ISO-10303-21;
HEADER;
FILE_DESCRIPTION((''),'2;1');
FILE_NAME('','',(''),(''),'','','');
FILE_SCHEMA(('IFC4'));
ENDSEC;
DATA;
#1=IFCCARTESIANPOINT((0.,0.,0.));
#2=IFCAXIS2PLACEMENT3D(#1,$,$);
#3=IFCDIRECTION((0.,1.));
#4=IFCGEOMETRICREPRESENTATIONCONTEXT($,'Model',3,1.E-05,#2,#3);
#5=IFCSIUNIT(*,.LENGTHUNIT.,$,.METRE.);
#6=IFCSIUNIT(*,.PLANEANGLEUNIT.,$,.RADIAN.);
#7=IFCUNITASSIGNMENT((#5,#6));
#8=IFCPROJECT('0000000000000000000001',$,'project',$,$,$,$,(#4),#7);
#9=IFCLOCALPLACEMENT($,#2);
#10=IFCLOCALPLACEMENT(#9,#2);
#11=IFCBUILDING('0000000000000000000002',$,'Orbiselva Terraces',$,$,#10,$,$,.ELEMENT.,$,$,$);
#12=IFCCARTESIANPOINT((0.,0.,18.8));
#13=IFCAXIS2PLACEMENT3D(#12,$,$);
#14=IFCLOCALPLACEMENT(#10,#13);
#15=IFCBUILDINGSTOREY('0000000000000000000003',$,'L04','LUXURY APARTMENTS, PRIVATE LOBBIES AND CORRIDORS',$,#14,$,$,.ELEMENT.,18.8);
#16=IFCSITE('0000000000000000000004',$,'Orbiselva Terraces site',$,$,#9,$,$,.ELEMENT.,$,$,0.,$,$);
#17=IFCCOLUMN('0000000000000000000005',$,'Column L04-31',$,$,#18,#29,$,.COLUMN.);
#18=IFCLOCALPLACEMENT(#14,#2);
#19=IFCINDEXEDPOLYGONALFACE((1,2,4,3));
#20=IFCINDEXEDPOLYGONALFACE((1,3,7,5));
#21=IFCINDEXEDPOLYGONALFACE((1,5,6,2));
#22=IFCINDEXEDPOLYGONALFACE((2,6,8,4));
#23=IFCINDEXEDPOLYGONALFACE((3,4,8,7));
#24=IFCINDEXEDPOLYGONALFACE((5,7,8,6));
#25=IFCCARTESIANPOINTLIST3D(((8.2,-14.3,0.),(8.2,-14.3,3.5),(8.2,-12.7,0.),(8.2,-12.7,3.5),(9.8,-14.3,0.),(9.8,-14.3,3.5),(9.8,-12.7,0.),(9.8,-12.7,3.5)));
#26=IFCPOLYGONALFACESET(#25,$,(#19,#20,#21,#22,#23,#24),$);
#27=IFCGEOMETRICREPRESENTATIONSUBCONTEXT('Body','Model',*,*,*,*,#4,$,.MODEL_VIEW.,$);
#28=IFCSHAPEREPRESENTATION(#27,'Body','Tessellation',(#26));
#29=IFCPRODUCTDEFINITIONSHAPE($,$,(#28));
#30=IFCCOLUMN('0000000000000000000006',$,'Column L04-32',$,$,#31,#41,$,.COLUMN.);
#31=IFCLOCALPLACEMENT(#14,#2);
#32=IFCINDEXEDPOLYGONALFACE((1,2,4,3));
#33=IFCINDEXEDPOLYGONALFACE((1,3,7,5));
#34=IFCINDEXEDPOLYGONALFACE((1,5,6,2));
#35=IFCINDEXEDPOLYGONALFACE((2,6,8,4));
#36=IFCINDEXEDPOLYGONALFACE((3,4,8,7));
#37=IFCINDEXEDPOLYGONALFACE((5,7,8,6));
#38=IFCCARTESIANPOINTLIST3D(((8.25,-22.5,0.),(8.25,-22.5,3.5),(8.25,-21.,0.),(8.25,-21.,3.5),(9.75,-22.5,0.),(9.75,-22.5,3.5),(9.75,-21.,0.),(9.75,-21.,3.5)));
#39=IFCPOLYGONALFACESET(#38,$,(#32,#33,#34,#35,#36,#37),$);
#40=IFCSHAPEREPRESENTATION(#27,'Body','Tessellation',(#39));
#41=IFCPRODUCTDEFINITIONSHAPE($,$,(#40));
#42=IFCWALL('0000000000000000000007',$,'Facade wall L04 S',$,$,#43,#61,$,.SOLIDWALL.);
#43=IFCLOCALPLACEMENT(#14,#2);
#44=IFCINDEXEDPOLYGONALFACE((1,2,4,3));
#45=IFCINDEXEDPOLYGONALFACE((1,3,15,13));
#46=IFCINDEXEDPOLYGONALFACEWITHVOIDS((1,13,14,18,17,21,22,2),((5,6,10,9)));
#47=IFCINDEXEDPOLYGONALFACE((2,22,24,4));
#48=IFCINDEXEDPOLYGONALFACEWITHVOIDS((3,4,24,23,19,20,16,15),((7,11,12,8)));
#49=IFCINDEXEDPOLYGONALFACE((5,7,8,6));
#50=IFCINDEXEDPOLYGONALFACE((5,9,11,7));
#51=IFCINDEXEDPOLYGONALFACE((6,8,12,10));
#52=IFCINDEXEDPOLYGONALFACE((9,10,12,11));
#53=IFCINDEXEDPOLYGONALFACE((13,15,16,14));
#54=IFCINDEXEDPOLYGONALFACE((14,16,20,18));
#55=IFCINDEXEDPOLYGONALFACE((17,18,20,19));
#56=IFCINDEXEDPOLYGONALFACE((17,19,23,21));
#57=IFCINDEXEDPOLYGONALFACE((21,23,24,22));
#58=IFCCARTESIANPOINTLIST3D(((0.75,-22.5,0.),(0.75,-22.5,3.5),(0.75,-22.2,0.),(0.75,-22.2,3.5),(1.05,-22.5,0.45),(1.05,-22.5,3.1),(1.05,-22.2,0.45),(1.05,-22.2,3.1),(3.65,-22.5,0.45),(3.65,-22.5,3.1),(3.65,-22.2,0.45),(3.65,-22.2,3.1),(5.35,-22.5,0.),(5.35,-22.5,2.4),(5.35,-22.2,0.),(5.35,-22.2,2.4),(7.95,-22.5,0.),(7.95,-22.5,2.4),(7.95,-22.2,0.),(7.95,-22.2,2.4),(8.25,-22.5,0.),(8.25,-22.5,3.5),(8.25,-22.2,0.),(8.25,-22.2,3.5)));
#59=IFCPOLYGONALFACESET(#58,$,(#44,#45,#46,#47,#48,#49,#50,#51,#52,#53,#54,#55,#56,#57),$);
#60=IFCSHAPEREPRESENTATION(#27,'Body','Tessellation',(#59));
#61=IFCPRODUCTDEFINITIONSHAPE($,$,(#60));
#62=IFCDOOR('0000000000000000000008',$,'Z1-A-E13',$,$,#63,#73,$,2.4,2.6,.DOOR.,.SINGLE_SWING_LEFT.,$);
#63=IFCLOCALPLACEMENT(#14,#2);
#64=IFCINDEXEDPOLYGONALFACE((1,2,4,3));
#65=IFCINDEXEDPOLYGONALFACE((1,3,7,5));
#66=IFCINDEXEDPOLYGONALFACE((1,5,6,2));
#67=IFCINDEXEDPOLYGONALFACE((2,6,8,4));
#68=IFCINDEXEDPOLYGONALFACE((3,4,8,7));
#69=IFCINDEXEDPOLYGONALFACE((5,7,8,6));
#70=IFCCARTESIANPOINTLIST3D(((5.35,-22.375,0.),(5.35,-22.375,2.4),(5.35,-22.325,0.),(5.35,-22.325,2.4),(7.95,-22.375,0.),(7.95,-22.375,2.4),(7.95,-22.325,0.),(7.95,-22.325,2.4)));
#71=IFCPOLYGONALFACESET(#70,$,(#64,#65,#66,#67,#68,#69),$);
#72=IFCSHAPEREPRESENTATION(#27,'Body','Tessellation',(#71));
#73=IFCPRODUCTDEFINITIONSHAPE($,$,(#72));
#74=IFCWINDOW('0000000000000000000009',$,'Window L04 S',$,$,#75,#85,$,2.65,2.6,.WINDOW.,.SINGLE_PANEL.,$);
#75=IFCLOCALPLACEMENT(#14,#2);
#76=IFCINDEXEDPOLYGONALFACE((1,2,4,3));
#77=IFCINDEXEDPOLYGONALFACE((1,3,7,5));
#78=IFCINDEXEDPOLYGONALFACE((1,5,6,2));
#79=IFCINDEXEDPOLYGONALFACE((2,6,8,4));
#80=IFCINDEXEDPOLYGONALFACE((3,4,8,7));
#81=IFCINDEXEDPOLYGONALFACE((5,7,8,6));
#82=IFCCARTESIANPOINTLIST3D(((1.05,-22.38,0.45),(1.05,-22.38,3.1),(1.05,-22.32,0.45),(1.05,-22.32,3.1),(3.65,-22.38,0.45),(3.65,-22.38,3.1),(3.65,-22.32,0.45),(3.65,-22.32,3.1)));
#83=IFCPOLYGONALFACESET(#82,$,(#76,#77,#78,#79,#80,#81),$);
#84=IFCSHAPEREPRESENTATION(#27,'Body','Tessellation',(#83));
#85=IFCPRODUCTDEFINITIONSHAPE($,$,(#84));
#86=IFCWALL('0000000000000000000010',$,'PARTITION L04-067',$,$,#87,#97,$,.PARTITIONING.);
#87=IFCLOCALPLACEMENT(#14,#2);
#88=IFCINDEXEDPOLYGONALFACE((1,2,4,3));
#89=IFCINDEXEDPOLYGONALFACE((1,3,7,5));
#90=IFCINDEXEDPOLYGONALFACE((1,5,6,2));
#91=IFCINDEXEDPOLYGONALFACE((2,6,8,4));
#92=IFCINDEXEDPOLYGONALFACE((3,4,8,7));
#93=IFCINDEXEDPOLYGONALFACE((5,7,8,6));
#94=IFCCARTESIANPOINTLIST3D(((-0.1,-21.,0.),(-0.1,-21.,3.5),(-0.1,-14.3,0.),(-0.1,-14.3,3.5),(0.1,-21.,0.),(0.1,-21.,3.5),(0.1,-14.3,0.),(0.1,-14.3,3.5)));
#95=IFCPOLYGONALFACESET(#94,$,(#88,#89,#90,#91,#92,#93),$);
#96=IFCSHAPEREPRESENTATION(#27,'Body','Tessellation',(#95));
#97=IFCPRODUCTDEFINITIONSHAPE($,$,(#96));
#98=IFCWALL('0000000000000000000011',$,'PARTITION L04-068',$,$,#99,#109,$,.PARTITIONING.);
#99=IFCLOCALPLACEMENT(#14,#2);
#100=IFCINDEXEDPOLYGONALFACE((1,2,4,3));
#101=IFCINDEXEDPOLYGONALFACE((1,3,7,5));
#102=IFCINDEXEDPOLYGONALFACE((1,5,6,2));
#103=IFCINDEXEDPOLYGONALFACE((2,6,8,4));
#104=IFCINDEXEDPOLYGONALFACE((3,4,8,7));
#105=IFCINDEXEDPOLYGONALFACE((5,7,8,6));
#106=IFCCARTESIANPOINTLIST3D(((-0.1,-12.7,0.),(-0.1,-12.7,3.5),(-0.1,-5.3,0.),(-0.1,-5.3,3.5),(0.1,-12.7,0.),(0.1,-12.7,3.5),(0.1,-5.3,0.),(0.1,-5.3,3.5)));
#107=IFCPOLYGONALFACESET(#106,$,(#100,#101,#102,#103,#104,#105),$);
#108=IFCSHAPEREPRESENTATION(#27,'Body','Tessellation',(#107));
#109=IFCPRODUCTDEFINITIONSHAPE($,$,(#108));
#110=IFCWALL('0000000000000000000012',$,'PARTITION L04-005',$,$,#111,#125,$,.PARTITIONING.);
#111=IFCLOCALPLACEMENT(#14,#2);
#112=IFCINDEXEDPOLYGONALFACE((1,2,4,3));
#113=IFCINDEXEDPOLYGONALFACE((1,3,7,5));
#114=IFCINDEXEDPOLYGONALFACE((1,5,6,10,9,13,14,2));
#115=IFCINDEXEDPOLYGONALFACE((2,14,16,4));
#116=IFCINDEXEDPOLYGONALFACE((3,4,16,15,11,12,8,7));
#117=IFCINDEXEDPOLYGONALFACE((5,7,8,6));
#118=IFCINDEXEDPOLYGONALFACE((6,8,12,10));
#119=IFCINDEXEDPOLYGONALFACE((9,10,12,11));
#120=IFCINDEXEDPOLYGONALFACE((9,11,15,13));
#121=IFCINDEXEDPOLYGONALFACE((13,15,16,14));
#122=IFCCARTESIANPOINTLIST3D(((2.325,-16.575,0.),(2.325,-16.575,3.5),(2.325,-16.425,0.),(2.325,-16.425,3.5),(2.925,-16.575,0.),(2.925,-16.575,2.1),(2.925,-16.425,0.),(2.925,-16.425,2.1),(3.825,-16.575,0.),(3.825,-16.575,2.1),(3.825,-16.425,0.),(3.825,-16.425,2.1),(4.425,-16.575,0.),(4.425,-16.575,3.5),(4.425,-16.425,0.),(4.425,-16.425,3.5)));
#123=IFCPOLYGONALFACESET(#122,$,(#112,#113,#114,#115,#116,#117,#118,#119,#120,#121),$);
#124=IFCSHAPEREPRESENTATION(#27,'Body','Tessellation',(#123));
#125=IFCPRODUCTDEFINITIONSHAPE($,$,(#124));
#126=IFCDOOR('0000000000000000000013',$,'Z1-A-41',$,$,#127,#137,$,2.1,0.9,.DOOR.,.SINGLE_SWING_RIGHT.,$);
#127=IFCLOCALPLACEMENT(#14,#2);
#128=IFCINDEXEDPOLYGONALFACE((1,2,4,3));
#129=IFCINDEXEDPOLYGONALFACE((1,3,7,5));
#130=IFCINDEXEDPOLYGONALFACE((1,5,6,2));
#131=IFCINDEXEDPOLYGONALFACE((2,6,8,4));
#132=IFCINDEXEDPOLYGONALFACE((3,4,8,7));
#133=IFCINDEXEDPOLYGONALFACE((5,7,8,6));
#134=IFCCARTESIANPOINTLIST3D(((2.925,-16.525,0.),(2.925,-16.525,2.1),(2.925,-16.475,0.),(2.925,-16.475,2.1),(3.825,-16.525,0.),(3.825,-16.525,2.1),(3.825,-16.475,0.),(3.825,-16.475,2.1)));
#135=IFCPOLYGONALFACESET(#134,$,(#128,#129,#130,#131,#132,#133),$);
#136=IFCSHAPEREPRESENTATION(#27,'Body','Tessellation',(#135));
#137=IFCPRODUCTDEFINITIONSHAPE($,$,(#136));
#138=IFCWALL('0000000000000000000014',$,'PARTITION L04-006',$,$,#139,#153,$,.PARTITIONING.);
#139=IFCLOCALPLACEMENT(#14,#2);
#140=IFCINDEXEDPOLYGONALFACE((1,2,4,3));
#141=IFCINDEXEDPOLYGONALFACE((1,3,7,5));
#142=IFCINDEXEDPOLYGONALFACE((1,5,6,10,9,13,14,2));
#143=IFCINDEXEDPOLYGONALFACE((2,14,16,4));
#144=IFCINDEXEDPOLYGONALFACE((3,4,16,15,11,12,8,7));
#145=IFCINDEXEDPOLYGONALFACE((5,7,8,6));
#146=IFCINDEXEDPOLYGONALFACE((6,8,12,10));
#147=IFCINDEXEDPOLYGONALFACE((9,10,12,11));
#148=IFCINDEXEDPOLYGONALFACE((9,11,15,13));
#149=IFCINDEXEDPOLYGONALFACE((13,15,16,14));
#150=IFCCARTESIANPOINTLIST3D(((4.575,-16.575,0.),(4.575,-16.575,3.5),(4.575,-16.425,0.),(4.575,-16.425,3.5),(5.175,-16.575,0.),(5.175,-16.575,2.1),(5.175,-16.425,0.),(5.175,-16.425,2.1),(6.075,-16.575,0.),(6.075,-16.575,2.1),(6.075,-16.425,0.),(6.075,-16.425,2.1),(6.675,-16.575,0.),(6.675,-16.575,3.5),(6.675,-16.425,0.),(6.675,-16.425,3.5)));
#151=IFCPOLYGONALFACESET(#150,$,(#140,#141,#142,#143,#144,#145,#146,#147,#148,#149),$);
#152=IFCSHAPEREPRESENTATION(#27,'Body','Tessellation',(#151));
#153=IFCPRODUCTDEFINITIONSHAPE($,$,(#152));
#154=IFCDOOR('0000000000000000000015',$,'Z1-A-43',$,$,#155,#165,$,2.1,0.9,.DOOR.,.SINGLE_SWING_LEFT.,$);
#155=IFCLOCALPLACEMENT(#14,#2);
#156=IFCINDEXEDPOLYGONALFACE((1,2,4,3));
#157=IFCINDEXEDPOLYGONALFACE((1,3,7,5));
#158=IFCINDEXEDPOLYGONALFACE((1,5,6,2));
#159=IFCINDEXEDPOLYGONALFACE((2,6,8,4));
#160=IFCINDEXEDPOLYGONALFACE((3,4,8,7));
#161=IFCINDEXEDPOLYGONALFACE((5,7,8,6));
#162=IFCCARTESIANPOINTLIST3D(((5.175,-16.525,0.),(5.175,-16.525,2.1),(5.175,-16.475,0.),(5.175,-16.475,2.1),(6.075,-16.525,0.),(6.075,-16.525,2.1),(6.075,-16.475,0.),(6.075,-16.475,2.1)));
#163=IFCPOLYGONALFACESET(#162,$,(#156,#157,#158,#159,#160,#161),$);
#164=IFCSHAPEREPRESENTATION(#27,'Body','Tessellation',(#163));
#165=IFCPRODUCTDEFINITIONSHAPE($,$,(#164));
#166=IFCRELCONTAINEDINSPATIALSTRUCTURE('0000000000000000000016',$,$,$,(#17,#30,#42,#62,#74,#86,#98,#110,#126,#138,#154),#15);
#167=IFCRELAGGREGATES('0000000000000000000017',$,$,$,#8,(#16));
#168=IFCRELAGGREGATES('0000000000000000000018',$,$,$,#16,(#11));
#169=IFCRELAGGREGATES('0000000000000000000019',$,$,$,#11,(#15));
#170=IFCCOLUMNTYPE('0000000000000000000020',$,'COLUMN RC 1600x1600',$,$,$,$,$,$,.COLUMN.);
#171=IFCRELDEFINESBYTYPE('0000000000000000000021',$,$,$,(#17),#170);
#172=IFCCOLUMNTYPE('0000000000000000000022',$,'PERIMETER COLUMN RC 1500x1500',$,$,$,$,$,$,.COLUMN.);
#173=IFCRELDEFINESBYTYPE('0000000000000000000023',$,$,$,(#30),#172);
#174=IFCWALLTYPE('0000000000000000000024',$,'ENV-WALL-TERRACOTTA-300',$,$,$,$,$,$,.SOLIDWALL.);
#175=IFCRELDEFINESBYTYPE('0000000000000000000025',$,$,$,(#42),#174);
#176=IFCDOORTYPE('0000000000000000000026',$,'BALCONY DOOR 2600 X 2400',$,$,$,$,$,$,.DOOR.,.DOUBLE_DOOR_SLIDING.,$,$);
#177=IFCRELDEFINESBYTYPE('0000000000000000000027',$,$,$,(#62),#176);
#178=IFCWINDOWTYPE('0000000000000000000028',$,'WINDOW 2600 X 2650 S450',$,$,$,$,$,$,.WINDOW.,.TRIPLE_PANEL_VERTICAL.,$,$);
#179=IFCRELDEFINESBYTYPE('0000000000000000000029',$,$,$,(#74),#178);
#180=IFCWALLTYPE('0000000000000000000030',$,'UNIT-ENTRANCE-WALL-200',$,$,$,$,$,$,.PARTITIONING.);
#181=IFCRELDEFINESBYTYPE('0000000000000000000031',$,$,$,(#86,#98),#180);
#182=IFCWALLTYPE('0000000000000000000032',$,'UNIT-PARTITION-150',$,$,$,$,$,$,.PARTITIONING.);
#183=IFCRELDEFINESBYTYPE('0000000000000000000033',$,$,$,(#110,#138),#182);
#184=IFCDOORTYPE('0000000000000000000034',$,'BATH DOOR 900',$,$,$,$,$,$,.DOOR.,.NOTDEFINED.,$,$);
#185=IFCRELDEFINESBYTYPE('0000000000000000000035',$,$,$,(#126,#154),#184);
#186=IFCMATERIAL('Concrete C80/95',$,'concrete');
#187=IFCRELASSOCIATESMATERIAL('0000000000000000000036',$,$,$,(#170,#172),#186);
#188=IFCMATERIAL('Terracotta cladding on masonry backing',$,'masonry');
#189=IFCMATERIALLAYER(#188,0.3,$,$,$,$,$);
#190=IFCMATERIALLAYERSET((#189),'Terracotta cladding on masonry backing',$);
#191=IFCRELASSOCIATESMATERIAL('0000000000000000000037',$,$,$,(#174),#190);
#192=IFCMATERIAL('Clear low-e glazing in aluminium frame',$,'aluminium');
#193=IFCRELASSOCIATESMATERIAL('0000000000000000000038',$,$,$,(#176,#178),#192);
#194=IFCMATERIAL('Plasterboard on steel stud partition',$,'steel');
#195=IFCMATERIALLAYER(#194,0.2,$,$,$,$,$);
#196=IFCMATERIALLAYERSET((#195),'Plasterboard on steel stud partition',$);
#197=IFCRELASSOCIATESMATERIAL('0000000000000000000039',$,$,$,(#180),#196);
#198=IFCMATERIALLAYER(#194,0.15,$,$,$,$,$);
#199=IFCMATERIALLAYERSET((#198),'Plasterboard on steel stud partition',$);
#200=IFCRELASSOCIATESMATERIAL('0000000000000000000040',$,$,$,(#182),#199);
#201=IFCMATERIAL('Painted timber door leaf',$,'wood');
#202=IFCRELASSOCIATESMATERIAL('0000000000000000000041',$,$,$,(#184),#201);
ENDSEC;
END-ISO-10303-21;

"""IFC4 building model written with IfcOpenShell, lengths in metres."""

from ifc_helpers import new_model, si_unit, direction, frame, frame_2d, origin, origin_2d, place, context, subcontext, project, spatial, rectangle, extrude, material, layer, layer_set, material_profile, profile_set, type_object, element, fill, save


model = new_model("IFC4")

# Units and contexts
model_context = context("Model", 3, precision=1e-05, world=origin(), true_north=direction((0.0, 1.0)))
body_context = subcontext(model_context, "Body", "Model", "MODEL_VIEW")
ifc_project = project(units=[si_unit("LENGTHUNIT", "METRE"), si_unit("PLANEANGLEUNIT", "RADIAN")], contexts=[model_context])

# Site, building, storey
site_placement = place(None, origin())
site = spatial("IfcSite", under=ifc_project, at=site_placement, Name="Orbiselva Terraces site", CompositionType="ELEMENT", RefElevation=0.0)
building_placement = place(site_placement, origin())
building = spatial("IfcBuilding", under=site, at=building_placement, Name="Orbiselva Terraces", CompositionType="ELEMENT")
storey_placement = place(building_placement, frame((0.0, 0.0, 18.8)))
storey = spatial("IfcBuildingStorey", under=building, at=storey_placement, Name="L04", Description="LUXURY APARTMENTS, PRIVATE LOBBIES AND CORRIDORS", CompositionType="ELEMENT", Elevation=18.8)

# Columns
ifc_material_1 = material(Name="Concrete C80/95", Category="concrete")
ifc_material_profile_1 = material_profile(ifc_material_1, rectangle(XDim=1.6, YDim=1.6, at=origin_2d()), Name="RC 1600x1600")
ifc_profile_set_1 = profile_set([ifc_material_profile_1], Name="Concrete C80/95")
column_type_1 = type_object("IfcColumnType", Name="COLUMN RC 1600x1600", PredefinedType="COLUMN", material=ifc_profile_set_1)
column_1_placement = place(storey_placement, frame((9.0, -13.5, 0.0), z_axis=(0.0, 0.0, 1.0), x_axis=(1.0, 0.0, 0.0)))
element("IfcColumn", 1, at=column_1_placement, inside=storey, type_object=column_type_1, Name="Column L04-31", PredefinedType="COLUMN", context=body_context, shape_type="SweptSolid", body=[
    extrude(rectangle(XDim=1.6, YDim=1.6, at=origin_2d()), origin(), (0.0, 0.0, 1.0), 3.5),
])
ifc_material_profile_2 = material_profile(ifc_material_1, rectangle(XDim=1.5, YDim=1.5, at=origin_2d()), Name="RC 1500x1500")
ifc_profile_set_2 = profile_set([ifc_material_profile_2], Name="Concrete C80/95")
column_type_2 = type_object("IfcColumnType", Name="PERIMETER COLUMN RC 1500x1500", PredefinedType="COLUMN", material=ifc_profile_set_2)
column_2_placement = place(storey_placement, frame((9.0, -21.75, 0.0), z_axis=(0.0, 0.0, 1.0), x_axis=(1.0, 0.0, 0.0)))
element("IfcColumn", 2, at=column_2_placement, inside=storey, type_object=column_type_2, Name="Column L04-32", PredefinedType="COLUMN", context=body_context, shape_type="SweptSolid", body=[
    extrude(rectangle(XDim=1.5, YDim=1.5, at=origin_2d()), origin(), (0.0, 0.0, 1.0), 3.5),
])

# Wall, openings, door, window
ifc_material_2 = material(Name="Terracotta cladding on masonry backing", Category="masonry")
ifc_layer_1 = layer(ifc_material_2, 0.3)
ifc_layer_set_1 = layer_set([ifc_layer_1], Name="Terracotta cladding on masonry backing")
wall_type_1 = type_object("IfcWallType", Name="ENV-WALL-TERRACOTTA-300", PredefinedType="SOLIDWALL", material=ifc_layer_set_1)
wall_1_placement = place(storey_placement, frame((8.25, -22.35, 0.0), z_axis=(0.0, 0.0, 1.0), x_axis=(-1.0, 0.0, 0.0)))
wall_1 = element("IfcWall", 3, at=wall_1_placement, inside=storey, type_object=wall_type_1, Name="Facade wall L04 S", PredefinedType="SOLIDWALL", context=body_context, shape_type="SweptSolid", body=[
    extrude(rectangle(XDim=7.5, YDim=0.3, at=frame_2d((3.75, 0.0))), origin(), (0.0, 0.0, 1.0), 3.5),
])
opening_1_placement = place(wall_1_placement, frame((4.6, 0.0, 0.45)))
opening_1 = element("IfcOpeningElement", 4, at=opening_1_placement, cuts=wall_1, PredefinedType="OPENING", context=body_context, shape_type="SweptSolid", body=[
    extrude(rectangle(XDim=2.6, YDim=2.65, at=frame_2d((1.3, 1.325))), frame((0.0, 0.16, 0.0), z_axis=(0.0, -1.0, 0.0), x_axis=(1.0, 0.0, 0.0)), (0.0, 0.0, 1.0), 0.32),
])
opening_2_placement = place(wall_1_placement, frame((0.3, 0.0, 0.0)))
opening_2 = element("IfcOpeningElement", 5, at=opening_2_placement, cuts=wall_1, PredefinedType="OPENING", context=body_context, shape_type="SweptSolid", body=[
    extrude(rectangle(XDim=2.6, YDim=2.4, at=frame_2d((1.3, 1.2))), frame((0.0, 0.16, 0.0), z_axis=(0.0, -1.0, 0.0), x_axis=(1.0, 0.0, 0.0)), (0.0, 0.0, 1.0), 0.32),
])
ifc_material_3 = material(Name="Clear low-e glazing in aluminium frame", Category="aluminium")
door_type_1 = type_object("IfcDoorType", Name="BALCONY DOOR 2600 X 2400", OperationType="DOUBLE_DOOR_SLIDING", PredefinedType="DOOR", material=ifc_material_3)
door_1_placement = place(opening_2_placement, origin())
door_1 = element("IfcDoor", 6, at=door_1_placement, inside=storey, type_object=door_type_1, Name="Z1-A-E13", OperationType="SINGLE_SWING_LEFT", OverallHeight=2.4, OverallWidth=2.6, PredefinedType="DOOR", context=body_context, shape_type="SweptSolid", body=[
    extrude(rectangle(XDim=2.6, YDim=2.4, at=frame_2d((1.3, 1.2))), frame((0.0, 0.025, 0.0), z_axis=(0.0, -1.0, 0.0), x_axis=(1.0, 0.0, 0.0)), (0.0, 0.0, 1.0), 0.05),
])
fill(opening_2, door_1)
window_type = type_object("IfcWindowType", Name="WINDOW 2600 X 2650 S450", PartitioningType="TRIPLE_PANEL_VERTICAL", PredefinedType="WINDOW", material=ifc_material_3)
window_placement = place(opening_1_placement, origin())
window = element("IfcWindow", 7, at=window_placement, inside=storey, type_object=window_type, Name="Window L04 S", OverallHeight=2.65, OverallWidth=2.6, PartitioningType="SINGLE_PANEL", PredefinedType="WINDOW", context=body_context, shape_type="SweptSolid", body=[
    extrude(rectangle(XDim=2.6, YDim=2.65, at=frame_2d((1.3, 1.325))), frame((0.0, 0.03, 0.0), z_axis=(0.0, -1.0, 0.0), x_axis=(1.0, 0.0, 0.0)), (0.0, 0.0, 1.0), 0.06),
])
fill(opening_1, window)

# Walls
ifc_material_4 = material(Name="Plasterboard on steel stud partition", Category="steel")
ifc_layer_2 = layer(ifc_material_4, 0.2)
ifc_layer_set_2 = layer_set([ifc_layer_2], Name="Plasterboard on steel stud partition")
wall_type_2 = type_object("IfcWallType", Name="UNIT-ENTRANCE-WALL-200", PredefinedType="PARTITIONING", material=ifc_layer_set_2)
wall_2_placement = place(storey_placement, frame((0.0, -21.0, 0.0), z_axis=(0.0, 0.0, 1.0), x_axis=(0.0, 1.0, 0.0)))
element("IfcWall", 8, at=wall_2_placement, inside=storey, type_object=wall_type_2, Name="PARTITION L04-067", PredefinedType="PARTITIONING", context=body_context, shape_type="SweptSolid", body=[
    extrude(rectangle(XDim=6.7, YDim=0.2, at=frame_2d((3.35, 0.0))), origin(), (0.0, 0.0, 1.0), 3.5),
])
wall_3_placement = place(storey_placement, frame((0.0, -12.7, 0.0), z_axis=(0.0, 0.0, 1.0), x_axis=(0.0, 1.0, 0.0)))
element("IfcWall", 9, at=wall_3_placement, inside=storey, type_object=wall_type_2, Name="PARTITION L04-068", PredefinedType="PARTITIONING", context=body_context, shape_type="SweptSolid", body=[
    extrude(rectangle(XDim=7.4, YDim=0.2, at=frame_2d((3.7, 0.0))), origin(), (0.0, 0.0, 1.0), 3.5),
])

# Walls, openings, doors
ifc_layer_3 = layer(ifc_material_4, 0.15)
ifc_layer_set_3 = layer_set([ifc_layer_3], Name="Plasterboard on steel stud partition")
wall_type_3 = type_object("IfcWallType", Name="UNIT-PARTITION-150", PredefinedType="PARTITIONING", material=ifc_layer_set_3)
wall_4_placement = place(storey_placement, frame((2.325, -16.5, 0.0), z_axis=(0.0, 0.0, 1.0), x_axis=(1.0, 0.0, 0.0)))
wall_4 = element("IfcWall", 10, at=wall_4_placement, inside=storey, type_object=wall_type_3, Name="PARTITION L04-005", PredefinedType="PARTITIONING", context=body_context, shape_type="SweptSolid", body=[
    extrude(rectangle(XDim=2.1, YDim=0.15, at=frame_2d((1.05, 0.0))), origin(), (0.0, 0.0, 1.0), 3.5),
])
opening_3_placement = place(wall_4_placement, frame((0.6, 0.0, 0.0)))
opening_3 = element("IfcOpeningElement", 11, at=opening_3_placement, cuts=wall_4, PredefinedType="OPENING", context=body_context, shape_type="SweptSolid", body=[
    extrude(rectangle(XDim=0.9, YDim=2.1, at=frame_2d((0.45, 1.05))), frame((0.0, 0.085, 0.0), z_axis=(0.0, -1.0, 0.0), x_axis=(1.0, 0.0, 0.0)), (0.0, 0.0, 1.0), 0.17),
])
ifc_material_5 = material(Name="Painted timber door leaf", Category="wood")
door_type_2 = type_object("IfcDoorType", Name="BATH DOOR 900", OperationType="NOTDEFINED", PredefinedType="DOOR", material=ifc_material_5)
door_2_placement = place(opening_3_placement, origin())
door_2 = element("IfcDoor", 12, at=door_2_placement, inside=storey, type_object=door_type_2, Name="Z1-A-41", OperationType="SINGLE_SWING_RIGHT", OverallHeight=2.1, OverallWidth=0.9, PredefinedType="DOOR", context=body_context, shape_type="SweptSolid", body=[
    extrude(rectangle(XDim=0.9, YDim=2.1, at=frame_2d((0.45, 1.05))), frame((0.0, 0.025, 0.0), z_axis=(0.0, -1.0, 0.0), x_axis=(1.0, 0.0, 0.0)), (0.0, 0.0, 1.0), 0.05),
])
fill(opening_3, door_2)
wall_5_placement = place(storey_placement, frame((4.575, -16.5, 0.0), z_axis=(0.0, 0.0, 1.0), x_axis=(1.0, 0.0, 0.0)))
wall_5 = element("IfcWall", 13, at=wall_5_placement, inside=storey, type_object=wall_type_3, Name="PARTITION L04-006", PredefinedType="PARTITIONING", context=body_context, shape_type="SweptSolid", body=[
    extrude(rectangle(XDim=2.1, YDim=0.15, at=frame_2d((1.05, 0.0))), origin(), (0.0, 0.0, 1.0), 3.5),
])
opening_4_placement = place(wall_5_placement, frame((0.6, 0.0, 0.0)))
opening_4 = element("IfcOpeningElement", 14, at=opening_4_placement, cuts=wall_5, PredefinedType="OPENING", context=body_context, shape_type="SweptSolid", body=[
    extrude(rectangle(XDim=0.9, YDim=2.1, at=frame_2d((0.45, 1.05))), frame((0.0, 0.085, 0.0), z_axis=(0.0, -1.0, 0.0), x_axis=(1.0, 0.0, 0.0)), (0.0, 0.0, 1.0), 0.17),
])
door_3_placement = place(opening_4_placement, origin())
door_3 = element("IfcDoor", 15, at=door_3_placement, inside=storey, type_object=door_type_2, Name="Z1-A-43", OperationType="SINGLE_SWING_LEFT", OverallHeight=2.1, OverallWidth=0.9, PredefinedType="DOOR", context=body_context, shape_type="SweptSolid", body=[
    extrude(rectangle(XDim=0.9, YDim=2.1, at=frame_2d((0.45, 1.05))), frame((0.0, 0.025, 0.0), z_axis=(0.0, -1.0, 0.0), x_axis=(1.0, 0.0, 0.0)), (0.0, 0.0, 1.0), 0.05),
])
fill(opening_4, door_3)

save(model, "model.ifc")
